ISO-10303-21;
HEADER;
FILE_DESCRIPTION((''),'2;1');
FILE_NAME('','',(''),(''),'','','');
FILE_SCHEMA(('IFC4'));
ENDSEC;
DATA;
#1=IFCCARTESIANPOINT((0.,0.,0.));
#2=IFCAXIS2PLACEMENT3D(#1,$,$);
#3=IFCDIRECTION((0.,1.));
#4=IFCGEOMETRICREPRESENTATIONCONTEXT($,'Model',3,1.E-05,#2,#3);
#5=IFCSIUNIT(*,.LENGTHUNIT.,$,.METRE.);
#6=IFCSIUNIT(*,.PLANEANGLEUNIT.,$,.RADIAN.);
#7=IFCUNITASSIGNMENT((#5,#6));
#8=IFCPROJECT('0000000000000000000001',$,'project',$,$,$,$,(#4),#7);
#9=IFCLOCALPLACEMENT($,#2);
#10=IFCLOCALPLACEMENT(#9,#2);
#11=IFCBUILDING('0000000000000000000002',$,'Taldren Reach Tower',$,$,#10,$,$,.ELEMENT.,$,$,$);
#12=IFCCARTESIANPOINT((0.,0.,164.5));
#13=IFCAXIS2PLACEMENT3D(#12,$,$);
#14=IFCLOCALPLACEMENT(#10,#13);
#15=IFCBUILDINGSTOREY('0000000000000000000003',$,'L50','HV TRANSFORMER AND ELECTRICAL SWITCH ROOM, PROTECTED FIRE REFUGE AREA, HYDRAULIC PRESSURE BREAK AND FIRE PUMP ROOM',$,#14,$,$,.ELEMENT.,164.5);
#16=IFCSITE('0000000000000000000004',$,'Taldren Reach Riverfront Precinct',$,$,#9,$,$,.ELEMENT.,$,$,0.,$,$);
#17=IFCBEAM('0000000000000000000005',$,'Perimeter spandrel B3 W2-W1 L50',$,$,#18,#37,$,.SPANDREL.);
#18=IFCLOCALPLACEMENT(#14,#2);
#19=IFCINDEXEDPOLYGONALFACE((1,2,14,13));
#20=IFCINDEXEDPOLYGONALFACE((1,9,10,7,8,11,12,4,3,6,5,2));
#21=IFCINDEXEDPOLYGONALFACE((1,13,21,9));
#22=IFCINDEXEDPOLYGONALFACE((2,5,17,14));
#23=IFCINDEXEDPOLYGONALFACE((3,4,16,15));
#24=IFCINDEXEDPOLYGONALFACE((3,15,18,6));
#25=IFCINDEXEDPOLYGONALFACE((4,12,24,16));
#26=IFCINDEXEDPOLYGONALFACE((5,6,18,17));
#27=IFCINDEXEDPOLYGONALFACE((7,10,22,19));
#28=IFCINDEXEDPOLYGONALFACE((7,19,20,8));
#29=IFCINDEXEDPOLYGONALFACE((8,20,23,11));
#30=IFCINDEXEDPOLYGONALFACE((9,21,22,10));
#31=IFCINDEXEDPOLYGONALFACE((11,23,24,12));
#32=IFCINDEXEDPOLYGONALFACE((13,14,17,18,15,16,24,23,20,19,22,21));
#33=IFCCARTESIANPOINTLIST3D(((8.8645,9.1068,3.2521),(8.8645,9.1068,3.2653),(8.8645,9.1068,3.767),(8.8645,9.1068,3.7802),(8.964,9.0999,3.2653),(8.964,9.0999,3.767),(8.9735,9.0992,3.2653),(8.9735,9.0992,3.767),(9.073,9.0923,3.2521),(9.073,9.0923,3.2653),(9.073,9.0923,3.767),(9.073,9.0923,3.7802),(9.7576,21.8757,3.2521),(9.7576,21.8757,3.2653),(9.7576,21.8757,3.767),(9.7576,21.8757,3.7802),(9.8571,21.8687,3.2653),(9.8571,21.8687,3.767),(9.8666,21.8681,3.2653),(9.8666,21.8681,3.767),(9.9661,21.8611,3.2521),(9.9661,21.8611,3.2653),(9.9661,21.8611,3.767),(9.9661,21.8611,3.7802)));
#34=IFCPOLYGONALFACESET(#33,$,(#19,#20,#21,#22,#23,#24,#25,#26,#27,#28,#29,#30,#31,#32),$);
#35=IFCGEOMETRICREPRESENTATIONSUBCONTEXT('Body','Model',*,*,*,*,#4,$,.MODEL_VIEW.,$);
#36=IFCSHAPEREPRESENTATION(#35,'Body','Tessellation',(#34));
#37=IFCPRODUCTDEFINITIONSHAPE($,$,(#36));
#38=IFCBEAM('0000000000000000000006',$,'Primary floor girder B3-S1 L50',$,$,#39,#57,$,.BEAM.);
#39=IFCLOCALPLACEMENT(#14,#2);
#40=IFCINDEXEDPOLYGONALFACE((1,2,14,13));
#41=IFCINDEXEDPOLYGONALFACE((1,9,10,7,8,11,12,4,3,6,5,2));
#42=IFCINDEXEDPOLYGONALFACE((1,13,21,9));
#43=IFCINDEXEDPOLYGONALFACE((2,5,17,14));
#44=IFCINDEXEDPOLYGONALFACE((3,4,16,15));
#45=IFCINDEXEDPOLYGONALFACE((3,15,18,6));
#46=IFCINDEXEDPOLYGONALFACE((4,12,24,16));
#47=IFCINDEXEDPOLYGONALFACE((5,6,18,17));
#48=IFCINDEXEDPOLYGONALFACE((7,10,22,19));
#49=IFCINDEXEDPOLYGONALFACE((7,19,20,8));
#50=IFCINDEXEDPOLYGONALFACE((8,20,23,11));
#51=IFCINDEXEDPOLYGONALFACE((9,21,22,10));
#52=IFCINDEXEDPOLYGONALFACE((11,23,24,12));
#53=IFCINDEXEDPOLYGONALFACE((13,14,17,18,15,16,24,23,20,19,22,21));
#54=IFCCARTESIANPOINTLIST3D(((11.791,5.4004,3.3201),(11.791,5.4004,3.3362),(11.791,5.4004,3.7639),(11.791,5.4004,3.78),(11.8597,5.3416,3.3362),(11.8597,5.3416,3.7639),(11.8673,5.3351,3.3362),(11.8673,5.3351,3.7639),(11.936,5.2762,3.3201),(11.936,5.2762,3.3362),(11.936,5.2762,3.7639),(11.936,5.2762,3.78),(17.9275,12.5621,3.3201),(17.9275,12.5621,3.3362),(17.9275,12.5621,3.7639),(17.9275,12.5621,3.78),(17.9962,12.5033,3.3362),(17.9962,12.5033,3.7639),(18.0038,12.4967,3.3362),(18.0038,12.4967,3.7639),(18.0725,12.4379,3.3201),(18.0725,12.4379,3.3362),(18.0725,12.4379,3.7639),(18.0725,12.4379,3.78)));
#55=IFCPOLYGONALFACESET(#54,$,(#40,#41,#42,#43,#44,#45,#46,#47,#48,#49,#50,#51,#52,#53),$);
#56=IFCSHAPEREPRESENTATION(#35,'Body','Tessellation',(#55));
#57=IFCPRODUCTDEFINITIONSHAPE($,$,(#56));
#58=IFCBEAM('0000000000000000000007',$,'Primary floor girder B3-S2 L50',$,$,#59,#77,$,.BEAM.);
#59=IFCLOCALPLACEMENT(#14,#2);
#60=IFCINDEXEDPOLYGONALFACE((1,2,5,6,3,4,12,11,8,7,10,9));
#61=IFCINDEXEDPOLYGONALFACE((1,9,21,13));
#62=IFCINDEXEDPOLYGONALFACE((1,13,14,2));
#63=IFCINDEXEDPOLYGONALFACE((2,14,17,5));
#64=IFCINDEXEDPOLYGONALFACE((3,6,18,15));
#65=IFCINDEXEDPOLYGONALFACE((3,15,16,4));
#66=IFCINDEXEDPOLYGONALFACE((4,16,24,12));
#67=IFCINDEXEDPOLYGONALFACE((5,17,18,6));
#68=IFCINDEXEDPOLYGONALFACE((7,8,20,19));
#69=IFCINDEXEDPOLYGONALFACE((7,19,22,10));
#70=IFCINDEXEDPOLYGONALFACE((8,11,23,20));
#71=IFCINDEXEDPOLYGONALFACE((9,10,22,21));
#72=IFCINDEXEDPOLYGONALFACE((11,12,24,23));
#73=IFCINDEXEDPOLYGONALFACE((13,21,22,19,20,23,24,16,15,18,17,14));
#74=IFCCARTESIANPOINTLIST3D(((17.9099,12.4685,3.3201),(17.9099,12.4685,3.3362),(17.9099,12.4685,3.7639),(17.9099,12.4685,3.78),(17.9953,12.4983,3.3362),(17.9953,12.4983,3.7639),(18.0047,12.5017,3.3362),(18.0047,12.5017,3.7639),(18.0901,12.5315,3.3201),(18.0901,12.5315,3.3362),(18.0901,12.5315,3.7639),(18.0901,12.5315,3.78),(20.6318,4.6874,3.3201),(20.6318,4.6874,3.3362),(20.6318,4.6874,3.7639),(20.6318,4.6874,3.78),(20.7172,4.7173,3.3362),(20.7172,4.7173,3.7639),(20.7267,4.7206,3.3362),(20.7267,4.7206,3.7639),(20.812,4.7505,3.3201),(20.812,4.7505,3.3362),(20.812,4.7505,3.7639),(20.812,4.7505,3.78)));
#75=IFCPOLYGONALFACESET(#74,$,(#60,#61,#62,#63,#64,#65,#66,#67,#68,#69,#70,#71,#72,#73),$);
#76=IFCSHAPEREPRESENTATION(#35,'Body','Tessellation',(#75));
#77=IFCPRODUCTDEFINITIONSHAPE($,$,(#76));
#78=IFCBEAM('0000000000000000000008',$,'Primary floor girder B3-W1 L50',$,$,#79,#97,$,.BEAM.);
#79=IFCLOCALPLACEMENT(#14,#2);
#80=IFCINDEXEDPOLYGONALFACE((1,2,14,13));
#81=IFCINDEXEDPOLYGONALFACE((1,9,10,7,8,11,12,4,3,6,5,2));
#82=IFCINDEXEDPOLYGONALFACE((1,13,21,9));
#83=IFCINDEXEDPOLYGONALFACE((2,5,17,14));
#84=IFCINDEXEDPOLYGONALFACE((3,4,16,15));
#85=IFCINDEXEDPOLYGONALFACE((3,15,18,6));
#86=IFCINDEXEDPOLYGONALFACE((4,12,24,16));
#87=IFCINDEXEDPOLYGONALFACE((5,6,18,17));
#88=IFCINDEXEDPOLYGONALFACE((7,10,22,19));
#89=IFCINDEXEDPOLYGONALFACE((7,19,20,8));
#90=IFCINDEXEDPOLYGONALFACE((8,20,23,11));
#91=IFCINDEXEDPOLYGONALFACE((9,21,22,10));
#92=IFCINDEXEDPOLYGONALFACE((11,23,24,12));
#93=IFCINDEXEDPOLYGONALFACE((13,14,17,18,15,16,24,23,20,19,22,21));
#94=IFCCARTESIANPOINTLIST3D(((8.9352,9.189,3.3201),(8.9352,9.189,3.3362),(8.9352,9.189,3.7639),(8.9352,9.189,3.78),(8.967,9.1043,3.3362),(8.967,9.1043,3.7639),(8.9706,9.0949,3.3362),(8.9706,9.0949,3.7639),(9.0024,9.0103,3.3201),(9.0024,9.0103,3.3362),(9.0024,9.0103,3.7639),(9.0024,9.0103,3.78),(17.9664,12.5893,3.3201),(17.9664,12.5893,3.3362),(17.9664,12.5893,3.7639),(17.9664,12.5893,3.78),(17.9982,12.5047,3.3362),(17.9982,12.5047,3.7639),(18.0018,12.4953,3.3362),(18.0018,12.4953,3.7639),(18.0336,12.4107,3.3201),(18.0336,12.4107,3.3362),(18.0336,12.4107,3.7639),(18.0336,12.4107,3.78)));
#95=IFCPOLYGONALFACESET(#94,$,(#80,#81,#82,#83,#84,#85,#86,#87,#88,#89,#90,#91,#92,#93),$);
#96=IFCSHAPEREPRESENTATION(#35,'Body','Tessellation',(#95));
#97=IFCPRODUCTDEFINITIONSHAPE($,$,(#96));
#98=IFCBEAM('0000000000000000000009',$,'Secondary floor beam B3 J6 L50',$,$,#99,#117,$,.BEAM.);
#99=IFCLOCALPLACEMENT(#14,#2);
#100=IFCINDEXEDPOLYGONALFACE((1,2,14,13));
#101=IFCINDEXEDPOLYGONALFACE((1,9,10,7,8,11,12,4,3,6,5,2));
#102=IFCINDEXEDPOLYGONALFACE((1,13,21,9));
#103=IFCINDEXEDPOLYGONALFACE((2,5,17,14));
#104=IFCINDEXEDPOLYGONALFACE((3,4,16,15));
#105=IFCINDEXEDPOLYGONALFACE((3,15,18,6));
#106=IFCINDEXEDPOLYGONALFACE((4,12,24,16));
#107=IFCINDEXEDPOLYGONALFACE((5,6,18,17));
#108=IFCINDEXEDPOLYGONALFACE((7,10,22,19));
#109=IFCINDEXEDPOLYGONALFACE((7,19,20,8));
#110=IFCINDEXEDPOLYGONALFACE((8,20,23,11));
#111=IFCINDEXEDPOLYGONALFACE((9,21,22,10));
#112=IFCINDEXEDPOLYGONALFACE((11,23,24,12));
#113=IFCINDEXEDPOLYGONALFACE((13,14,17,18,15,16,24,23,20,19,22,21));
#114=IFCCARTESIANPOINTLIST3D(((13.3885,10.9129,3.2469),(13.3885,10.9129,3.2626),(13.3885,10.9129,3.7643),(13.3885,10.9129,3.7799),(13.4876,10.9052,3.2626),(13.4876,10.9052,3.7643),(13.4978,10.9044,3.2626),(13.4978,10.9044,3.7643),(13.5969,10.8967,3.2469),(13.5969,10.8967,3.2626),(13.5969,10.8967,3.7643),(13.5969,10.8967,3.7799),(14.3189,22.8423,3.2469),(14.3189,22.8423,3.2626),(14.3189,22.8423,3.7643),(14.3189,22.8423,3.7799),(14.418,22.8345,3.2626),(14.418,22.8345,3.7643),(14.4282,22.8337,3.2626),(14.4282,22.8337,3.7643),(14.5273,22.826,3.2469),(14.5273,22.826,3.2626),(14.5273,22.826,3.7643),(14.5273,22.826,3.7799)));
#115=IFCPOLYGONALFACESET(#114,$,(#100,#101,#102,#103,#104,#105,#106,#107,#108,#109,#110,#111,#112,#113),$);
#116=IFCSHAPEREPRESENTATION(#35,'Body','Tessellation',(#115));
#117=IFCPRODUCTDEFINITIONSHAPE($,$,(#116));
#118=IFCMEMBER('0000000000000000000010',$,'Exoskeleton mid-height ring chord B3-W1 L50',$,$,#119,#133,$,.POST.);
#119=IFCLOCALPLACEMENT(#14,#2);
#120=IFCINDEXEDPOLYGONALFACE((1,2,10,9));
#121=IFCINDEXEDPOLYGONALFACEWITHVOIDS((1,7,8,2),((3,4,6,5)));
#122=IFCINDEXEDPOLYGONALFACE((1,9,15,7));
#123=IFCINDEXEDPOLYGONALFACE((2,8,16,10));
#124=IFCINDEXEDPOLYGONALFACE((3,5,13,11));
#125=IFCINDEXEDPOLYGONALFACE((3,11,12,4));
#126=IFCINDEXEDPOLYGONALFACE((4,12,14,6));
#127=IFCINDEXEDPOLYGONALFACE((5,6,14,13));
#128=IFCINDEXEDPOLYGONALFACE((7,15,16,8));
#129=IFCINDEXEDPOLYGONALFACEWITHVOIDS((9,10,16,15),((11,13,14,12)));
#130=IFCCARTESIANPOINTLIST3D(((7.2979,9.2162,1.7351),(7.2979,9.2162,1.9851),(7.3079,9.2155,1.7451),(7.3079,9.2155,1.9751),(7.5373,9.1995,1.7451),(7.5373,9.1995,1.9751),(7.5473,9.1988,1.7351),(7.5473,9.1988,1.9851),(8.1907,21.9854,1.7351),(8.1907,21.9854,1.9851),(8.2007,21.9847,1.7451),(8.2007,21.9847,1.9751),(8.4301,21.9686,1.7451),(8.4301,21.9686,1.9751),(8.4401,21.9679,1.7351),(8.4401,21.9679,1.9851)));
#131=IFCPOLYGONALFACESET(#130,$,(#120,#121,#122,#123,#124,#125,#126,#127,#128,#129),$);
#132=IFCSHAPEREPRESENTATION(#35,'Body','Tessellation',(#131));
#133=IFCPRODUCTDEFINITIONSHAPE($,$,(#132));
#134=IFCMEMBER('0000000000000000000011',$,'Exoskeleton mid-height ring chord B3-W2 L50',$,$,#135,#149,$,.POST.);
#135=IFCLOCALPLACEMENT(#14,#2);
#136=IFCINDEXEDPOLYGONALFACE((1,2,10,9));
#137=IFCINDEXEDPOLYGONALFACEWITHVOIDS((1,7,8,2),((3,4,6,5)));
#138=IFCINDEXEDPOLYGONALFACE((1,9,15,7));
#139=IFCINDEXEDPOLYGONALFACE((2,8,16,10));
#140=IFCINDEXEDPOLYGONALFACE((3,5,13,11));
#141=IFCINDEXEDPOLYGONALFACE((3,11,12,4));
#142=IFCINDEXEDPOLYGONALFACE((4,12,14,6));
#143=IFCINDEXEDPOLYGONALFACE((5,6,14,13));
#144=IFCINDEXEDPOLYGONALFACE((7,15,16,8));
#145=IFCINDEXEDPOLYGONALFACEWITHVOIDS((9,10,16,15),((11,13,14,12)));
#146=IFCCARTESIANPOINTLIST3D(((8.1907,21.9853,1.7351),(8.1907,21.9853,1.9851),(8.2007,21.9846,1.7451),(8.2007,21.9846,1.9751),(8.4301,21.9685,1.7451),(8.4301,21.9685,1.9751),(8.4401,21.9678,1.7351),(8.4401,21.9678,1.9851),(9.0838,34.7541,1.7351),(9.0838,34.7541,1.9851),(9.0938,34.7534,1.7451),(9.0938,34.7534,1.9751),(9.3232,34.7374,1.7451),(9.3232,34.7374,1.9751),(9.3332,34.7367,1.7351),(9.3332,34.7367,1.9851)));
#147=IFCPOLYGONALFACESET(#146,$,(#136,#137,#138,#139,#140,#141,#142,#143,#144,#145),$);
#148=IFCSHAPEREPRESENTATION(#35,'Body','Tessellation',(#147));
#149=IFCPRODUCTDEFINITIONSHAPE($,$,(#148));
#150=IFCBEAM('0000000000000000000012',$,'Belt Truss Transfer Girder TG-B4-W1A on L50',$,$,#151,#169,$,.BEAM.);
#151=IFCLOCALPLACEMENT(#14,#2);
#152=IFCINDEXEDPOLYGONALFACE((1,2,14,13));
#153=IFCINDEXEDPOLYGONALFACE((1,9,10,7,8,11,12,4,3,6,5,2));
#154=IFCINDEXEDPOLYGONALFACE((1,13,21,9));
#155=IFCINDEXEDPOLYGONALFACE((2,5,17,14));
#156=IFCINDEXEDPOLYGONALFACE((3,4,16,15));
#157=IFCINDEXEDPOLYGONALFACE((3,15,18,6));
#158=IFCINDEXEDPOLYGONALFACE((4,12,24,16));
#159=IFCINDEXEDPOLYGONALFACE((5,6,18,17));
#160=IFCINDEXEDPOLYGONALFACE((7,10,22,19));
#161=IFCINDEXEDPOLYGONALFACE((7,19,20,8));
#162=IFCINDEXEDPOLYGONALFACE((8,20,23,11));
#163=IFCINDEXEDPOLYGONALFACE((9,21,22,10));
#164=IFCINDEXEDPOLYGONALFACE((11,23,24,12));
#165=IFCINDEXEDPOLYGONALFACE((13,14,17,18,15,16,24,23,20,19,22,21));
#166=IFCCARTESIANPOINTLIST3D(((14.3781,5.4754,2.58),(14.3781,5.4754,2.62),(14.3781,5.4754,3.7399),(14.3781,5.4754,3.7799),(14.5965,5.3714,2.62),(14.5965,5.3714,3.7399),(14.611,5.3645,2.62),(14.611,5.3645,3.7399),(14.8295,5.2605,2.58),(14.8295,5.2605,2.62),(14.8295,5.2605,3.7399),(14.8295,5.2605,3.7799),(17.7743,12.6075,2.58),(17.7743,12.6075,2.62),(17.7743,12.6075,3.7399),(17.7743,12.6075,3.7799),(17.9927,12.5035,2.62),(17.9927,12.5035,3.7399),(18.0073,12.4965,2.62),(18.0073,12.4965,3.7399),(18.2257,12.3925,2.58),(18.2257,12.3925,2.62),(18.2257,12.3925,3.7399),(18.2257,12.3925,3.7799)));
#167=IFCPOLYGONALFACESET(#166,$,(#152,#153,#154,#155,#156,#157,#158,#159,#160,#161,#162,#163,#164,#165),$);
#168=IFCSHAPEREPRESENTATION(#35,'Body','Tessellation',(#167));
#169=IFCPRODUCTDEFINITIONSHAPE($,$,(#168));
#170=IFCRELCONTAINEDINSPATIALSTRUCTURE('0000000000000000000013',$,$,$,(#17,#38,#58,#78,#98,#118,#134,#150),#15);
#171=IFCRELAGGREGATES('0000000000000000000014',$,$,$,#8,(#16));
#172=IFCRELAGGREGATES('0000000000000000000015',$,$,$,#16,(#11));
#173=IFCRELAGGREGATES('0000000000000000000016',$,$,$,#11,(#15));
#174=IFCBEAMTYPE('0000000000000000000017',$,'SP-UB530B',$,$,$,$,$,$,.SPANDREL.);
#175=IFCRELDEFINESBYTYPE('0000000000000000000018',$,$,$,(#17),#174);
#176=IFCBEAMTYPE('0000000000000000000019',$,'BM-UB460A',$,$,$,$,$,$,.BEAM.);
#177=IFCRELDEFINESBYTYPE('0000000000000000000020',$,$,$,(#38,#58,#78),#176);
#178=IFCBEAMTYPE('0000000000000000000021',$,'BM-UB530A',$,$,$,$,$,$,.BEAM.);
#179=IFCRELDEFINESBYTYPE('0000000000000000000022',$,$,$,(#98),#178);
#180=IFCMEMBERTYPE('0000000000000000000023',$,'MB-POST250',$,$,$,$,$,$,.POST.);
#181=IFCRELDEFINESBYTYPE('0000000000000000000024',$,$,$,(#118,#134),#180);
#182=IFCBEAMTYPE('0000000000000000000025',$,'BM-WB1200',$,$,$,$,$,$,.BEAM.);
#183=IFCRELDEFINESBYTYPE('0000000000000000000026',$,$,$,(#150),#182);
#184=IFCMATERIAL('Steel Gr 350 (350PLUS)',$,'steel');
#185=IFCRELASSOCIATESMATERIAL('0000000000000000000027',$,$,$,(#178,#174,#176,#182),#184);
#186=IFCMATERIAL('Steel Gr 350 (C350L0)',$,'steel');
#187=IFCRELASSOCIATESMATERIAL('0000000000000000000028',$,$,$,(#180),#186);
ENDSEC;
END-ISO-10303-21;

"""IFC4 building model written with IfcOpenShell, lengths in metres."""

from ifc_helpers import new_model, si_unit, direction, frame, origin, origin_2d, place, context, subcontext, project, spatial, hollow_rectangle, i_section, extrude, source, transform, mapped, material, material_profile, profile_set, type_object, element, save


model = new_model("IFC4")

# Units and contexts
model_context = context("Model", 3, precision=1e-05, world=origin(), true_north=direction((0.0, 1.0)))
body_context = subcontext(model_context, "Body", "Model", "MODEL_VIEW")
ifc_project = project(units=[si_unit("LENGTHUNIT", "METRE"), si_unit("PLANEANGLEUNIT", "RADIAN")], contexts=[model_context])

# Site, building, storey
site_placement = place(None, origin())
site = spatial("IfcSite", under=ifc_project, at=site_placement, Name="Taldren Reach Riverfront Precinct", CompositionType="ELEMENT", RefElevation=0.0)
building_placement = place(site_placement, origin())
building = spatial("IfcBuilding", under=site, at=building_placement, Name="Taldren Reach Tower", CompositionType="ELEMENT")
storey_placement = place(building_placement, frame((0.0, 0.0, 164.5)))
storey = spatial("IfcBuildingStorey", under=building, at=storey_placement, Name="L50", Description="HV TRANSFORMER AND ELECTRICAL SWITCH ROOM, PROTECTED FIRE REFUGE AREA, HYDRAULIC PRESSURE BREAK AND FIRE PUMP ROOM", CompositionType="ELEMENT", Elevation=164.5)

# Shared definitions
ifc_material_1 = material(Name="Steel Gr 350 (350PLUS)", Category="steel")

# Shared definitions
ifc_material_profile_1 = material_profile(ifc_material_1, i_section(OverallWidth=0.209, OverallDepth=0.533, WebThickness=0.0103, FlangeThickness=0.0156, at=origin_2d()), Name="530UB92.4")
ifc_profile_set_1 = profile_set([ifc_material_profile_1], Name="Steel Gr 350 (350PLUS)")
beam_type_1 = type_object("IfcBeamType", Name="BM-UB530A", PredefinedType="BEAM", material=ifc_profile_set_1)

# Shared definitions
ifc_material_2 = material(Name="Steel Gr 350 (C350L0)", Category="steel")
ifc_material_profile_2 = material_profile(ifc_material_2, hollow_rectangle(XDim=0.25, YDim=0.25, WallThickness=0.01, at=origin_2d()), Name="250x250x10.0SHS")
ifc_profile_set_2 = profile_set([ifc_material_profile_2], Name="Steel Gr 350 (C350L0)")
member_type_1 = type_object("IfcMemberType", Name="MB-POST250", PredefinedType="POST", material=ifc_profile_set_2)

# Beams
ifc_material_profile_3 = material_profile(ifc_material_1, i_section(OverallWidth=0.209, OverallDepth=0.5281, WebThickness=0.0095, FlangeThickness=0.0132, at=origin_2d()), Name="530UB82.0")
ifc_profile_set_3 = profile_set([ifc_material_profile_3], Name="Steel Gr 350 (350PLUS)")
beam_type_2 = type_object("IfcBeamType", Name="SP-UB530B", PredefinedType="SPANDREL", material=ifc_profile_set_3)
shared_shape_1 = source(origin(), body_context, "Body", "SweptSolid", [
    extrude(i_section(OverallWidth=0.209, OverallDepth=0.5281, WebThickness=0.0095, FlangeThickness=0.0132, at=origin_2d()), origin(), (0.0, 0.0, 1.0), 12.8),
])
beam_1_placement = place(storey_placement, frame((9.8618, 21.8684, 3.5161), z_axis=(-0.069771, -0.997563, 0.0), x_axis=(0.997563, -0.069771, 0.0)))
element("IfcBeam", 1, at=beam_1_placement, inside=storey, type_object=beam_type_2, Name="Perimeter spandrel B3 W2-W1 L50", PredefinedType="SPANDREL", context=body_context, shape_type="MappedRepresentation", body=[
    mapped(shared_shape_1, transform((0.0, 0.0, 0.0), scale=1.0)),
])
ifc_material_profile_4 = material_profile(ifc_material_1, i_section(OverallWidth=0.1909, OverallDepth=0.46, WebThickness=0.01, FlangeThickness=0.0161, at=origin_2d()), Name="460UB82.1")
ifc_profile_set_4 = profile_set([ifc_material_profile_4], Name="Steel Gr 350 (350PLUS)")
beam_type_3 = type_object("IfcBeamType", Name="BM-UB460A", PredefinedType="BEAM", material=ifc_profile_set_4)
shared_shape_2 = source(origin(), body_context, "Body", "SweptSolid", [
    extrude(i_section(OverallWidth=0.1909, OverallDepth=0.46, WebThickness=0.01, FlangeThickness=0.0161, at=origin_2d()), origin(), (0.0, 0.0, 1.0), 9.4312),
])
beam_2_placement = place(storey_placement, frame((18.0, 12.5, 3.55), z_axis=(-0.650666, -0.759364, 0.0), x_axis=(0.759364, -0.650666, 0.0)))
element("IfcBeam", 2, at=beam_2_placement, inside=storey, type_object=beam_type_3, Name="Primary floor girder B3-S1 L50", PredefinedType="BEAM", context=body_context, shape_type="MappedRepresentation", body=[
    mapped(shared_shape_2, transform((0.0, 0.0, 0.0), scale=1.0)),
])
shared_shape_3 = source(origin(), body_context, "Body", "SweptSolid", [
    extrude(i_section(OverallWidth=0.1909, OverallDepth=0.46, WebThickness=0.01, FlangeThickness=0.0161, at=origin_2d()), origin(), (0.0, 0.0, 1.0), 8.2434),
])
beam_3_placement = place(storey_placement, frame((18.0, 12.5, 3.55), z_axis=(0.330196, -0.943912, 0.0), x_axis=(0.943912, 0.330196, 0.0)))
element("IfcBeam", 3, at=beam_3_placement, inside=storey, type_object=beam_type_3, Name="Primary floor girder B3-S2 L50", PredefinedType="BEAM", context=body_context, shape_type="MappedRepresentation", body=[
    mapped(shared_shape_3, transform((0.0, 0.0, 0.0), scale=1.0)),
])
shared_shape_4 = source(origin(), body_context, "Body", "SweptSolid", [
    extrude(i_section(OverallWidth=0.1909, OverallDepth=0.46, WebThickness=0.01, FlangeThickness=0.0161, at=origin_2d()), origin(), (0.0, 0.0, 1.0), 9.6501),
])
beam_4_placement = place(storey_placement, frame((18.0, 12.5, 3.55), z_axis=(-0.935863, -0.352365, 0.0), x_axis=(0.352365, -0.935863, 0.0)))
element("IfcBeam", 4, at=beam_4_placement, inside=storey, type_object=beam_type_3, Name="Primary floor girder B3-W1 L50", PredefinedType="BEAM", context=body_context, shape_type="MappedRepresentation", body=[
    mapped(shared_shape_4, transform((0.0, 0.0, 0.0), scale=1.0)),
])
shared_shape_5 = source(origin(), body_context, "Body", "SweptSolid", [
    extrude(i_section(OverallWidth=0.209, OverallDepth=0.533, WebThickness=0.0103, FlangeThickness=0.0156, at=origin_2d()), origin(), (0.0, 0.0, 1.0), 11.9656),
])
beam_5_placement = place(storey_placement, frame((13.4927, 10.9048, 3.5134), z_axis=(0.077757, 0.996972, 0.0), x_axis=(-0.996972, 0.077757, 0.0)))
element("IfcBeam", 5, at=beam_5_placement, inside=storey, type_object=beam_type_1, Name="Secondary floor beam B3 J6 L50", PredefinedType="BEAM", context=body_context, shape_type="MappedRepresentation", body=[
    mapped(shared_shape_5, transform((0.0, 0.0, 0.0), scale=1.0)),
])

# Members
shared_shape_6 = source(origin(), body_context, "Body", "SweptSolid", [
    extrude(hollow_rectangle(XDim=0.25, YDim=0.25, WallThickness=0.01, at=origin_2d()), origin(), (0.0, 0.0, 1.0), 12.8003),
])
member_1_placement = place(storey_placement, frame((7.4226, 9.2075, 1.8601), z_axis=(0.069751, 0.997564, 0.0), x_axis=(-0.997564, 0.069751, 0.0)))
element("IfcMember", 6, at=member_1_placement, inside=storey, type_object=member_type_1, Name="Exoskeleton mid-height ring chord B3-W1 L50", PredefinedType="POST", context=body_context, shape_type="MappedRepresentation", body=[
    mapped(shared_shape_6, transform((0.0, 0.0, 0.0), scale=1.0)),
])
shared_shape_7 = source(origin(), body_context, "Body", "SweptSolid", [
    extrude(hollow_rectangle(XDim=0.25, YDim=0.25, WallThickness=0.01, at=origin_2d()), origin(), (0.0, 0.0, 1.0), 12.8),
])
member_2_placement = place(storey_placement, frame((8.3154, 21.9766, 1.8601), z_axis=(0.069771, 0.997563, 0.0), x_axis=(-0.997563, 0.069771, 0.0)))
element("IfcMember", 7, at=member_2_placement, inside=storey, type_object=member_type_1, Name="Exoskeleton mid-height ring chord B3-W2 L50", PredefinedType="POST", context=body_context, shape_type="MappedRepresentation", body=[
    mapped(shared_shape_7, transform((0.0, 0.0, 0.0), scale=1.0)),
])

# Beam
ifc_material_profile_5 = material_profile(ifc_material_1, i_section(OverallWidth=0.5, OverallDepth=1.2, WebThickness=0.0161, FlangeThickness=0.04, at=origin_2d()), Name="1200WB455")
ifc_profile_set_5 = profile_set([ifc_material_profile_5], Name="Steel Gr 350 (350PLUS)")
beam_type_4 = type_object("IfcBeamType", Name="BM-WB1200", PredefinedType="BEAM", material=ifc_profile_set_5)
shared_shape_8 = source(origin(), body_context, "Body", "SweptSolid", [
    extrude(i_section(OverallWidth=0.5, OverallDepth=1.2, WebThickness=0.0161, FlangeThickness=0.04, at=origin_2d()), origin(), (0.0, 0.0, 1.0), 7.8994),
])
beam_6_placement = place(storey_placement, frame((18.0, 12.5, 3.1799), z_axis=(-0.429935, -0.90286, 0.0), x_axis=(0.90286, -0.429935, 0.0)))
element("IfcBeam", 8, at=beam_6_placement, inside=storey, type_object=beam_type_4, Name="Belt Truss Transfer Girder TG-B4-W1A on L50", PredefinedType="BEAM", context=body_context, shape_type="MappedRepresentation", body=[
    mapped(shared_shape_8, transform((0.0, 0.0, 0.0), scale=1.0)),
])

save(model, "model.ifc")
